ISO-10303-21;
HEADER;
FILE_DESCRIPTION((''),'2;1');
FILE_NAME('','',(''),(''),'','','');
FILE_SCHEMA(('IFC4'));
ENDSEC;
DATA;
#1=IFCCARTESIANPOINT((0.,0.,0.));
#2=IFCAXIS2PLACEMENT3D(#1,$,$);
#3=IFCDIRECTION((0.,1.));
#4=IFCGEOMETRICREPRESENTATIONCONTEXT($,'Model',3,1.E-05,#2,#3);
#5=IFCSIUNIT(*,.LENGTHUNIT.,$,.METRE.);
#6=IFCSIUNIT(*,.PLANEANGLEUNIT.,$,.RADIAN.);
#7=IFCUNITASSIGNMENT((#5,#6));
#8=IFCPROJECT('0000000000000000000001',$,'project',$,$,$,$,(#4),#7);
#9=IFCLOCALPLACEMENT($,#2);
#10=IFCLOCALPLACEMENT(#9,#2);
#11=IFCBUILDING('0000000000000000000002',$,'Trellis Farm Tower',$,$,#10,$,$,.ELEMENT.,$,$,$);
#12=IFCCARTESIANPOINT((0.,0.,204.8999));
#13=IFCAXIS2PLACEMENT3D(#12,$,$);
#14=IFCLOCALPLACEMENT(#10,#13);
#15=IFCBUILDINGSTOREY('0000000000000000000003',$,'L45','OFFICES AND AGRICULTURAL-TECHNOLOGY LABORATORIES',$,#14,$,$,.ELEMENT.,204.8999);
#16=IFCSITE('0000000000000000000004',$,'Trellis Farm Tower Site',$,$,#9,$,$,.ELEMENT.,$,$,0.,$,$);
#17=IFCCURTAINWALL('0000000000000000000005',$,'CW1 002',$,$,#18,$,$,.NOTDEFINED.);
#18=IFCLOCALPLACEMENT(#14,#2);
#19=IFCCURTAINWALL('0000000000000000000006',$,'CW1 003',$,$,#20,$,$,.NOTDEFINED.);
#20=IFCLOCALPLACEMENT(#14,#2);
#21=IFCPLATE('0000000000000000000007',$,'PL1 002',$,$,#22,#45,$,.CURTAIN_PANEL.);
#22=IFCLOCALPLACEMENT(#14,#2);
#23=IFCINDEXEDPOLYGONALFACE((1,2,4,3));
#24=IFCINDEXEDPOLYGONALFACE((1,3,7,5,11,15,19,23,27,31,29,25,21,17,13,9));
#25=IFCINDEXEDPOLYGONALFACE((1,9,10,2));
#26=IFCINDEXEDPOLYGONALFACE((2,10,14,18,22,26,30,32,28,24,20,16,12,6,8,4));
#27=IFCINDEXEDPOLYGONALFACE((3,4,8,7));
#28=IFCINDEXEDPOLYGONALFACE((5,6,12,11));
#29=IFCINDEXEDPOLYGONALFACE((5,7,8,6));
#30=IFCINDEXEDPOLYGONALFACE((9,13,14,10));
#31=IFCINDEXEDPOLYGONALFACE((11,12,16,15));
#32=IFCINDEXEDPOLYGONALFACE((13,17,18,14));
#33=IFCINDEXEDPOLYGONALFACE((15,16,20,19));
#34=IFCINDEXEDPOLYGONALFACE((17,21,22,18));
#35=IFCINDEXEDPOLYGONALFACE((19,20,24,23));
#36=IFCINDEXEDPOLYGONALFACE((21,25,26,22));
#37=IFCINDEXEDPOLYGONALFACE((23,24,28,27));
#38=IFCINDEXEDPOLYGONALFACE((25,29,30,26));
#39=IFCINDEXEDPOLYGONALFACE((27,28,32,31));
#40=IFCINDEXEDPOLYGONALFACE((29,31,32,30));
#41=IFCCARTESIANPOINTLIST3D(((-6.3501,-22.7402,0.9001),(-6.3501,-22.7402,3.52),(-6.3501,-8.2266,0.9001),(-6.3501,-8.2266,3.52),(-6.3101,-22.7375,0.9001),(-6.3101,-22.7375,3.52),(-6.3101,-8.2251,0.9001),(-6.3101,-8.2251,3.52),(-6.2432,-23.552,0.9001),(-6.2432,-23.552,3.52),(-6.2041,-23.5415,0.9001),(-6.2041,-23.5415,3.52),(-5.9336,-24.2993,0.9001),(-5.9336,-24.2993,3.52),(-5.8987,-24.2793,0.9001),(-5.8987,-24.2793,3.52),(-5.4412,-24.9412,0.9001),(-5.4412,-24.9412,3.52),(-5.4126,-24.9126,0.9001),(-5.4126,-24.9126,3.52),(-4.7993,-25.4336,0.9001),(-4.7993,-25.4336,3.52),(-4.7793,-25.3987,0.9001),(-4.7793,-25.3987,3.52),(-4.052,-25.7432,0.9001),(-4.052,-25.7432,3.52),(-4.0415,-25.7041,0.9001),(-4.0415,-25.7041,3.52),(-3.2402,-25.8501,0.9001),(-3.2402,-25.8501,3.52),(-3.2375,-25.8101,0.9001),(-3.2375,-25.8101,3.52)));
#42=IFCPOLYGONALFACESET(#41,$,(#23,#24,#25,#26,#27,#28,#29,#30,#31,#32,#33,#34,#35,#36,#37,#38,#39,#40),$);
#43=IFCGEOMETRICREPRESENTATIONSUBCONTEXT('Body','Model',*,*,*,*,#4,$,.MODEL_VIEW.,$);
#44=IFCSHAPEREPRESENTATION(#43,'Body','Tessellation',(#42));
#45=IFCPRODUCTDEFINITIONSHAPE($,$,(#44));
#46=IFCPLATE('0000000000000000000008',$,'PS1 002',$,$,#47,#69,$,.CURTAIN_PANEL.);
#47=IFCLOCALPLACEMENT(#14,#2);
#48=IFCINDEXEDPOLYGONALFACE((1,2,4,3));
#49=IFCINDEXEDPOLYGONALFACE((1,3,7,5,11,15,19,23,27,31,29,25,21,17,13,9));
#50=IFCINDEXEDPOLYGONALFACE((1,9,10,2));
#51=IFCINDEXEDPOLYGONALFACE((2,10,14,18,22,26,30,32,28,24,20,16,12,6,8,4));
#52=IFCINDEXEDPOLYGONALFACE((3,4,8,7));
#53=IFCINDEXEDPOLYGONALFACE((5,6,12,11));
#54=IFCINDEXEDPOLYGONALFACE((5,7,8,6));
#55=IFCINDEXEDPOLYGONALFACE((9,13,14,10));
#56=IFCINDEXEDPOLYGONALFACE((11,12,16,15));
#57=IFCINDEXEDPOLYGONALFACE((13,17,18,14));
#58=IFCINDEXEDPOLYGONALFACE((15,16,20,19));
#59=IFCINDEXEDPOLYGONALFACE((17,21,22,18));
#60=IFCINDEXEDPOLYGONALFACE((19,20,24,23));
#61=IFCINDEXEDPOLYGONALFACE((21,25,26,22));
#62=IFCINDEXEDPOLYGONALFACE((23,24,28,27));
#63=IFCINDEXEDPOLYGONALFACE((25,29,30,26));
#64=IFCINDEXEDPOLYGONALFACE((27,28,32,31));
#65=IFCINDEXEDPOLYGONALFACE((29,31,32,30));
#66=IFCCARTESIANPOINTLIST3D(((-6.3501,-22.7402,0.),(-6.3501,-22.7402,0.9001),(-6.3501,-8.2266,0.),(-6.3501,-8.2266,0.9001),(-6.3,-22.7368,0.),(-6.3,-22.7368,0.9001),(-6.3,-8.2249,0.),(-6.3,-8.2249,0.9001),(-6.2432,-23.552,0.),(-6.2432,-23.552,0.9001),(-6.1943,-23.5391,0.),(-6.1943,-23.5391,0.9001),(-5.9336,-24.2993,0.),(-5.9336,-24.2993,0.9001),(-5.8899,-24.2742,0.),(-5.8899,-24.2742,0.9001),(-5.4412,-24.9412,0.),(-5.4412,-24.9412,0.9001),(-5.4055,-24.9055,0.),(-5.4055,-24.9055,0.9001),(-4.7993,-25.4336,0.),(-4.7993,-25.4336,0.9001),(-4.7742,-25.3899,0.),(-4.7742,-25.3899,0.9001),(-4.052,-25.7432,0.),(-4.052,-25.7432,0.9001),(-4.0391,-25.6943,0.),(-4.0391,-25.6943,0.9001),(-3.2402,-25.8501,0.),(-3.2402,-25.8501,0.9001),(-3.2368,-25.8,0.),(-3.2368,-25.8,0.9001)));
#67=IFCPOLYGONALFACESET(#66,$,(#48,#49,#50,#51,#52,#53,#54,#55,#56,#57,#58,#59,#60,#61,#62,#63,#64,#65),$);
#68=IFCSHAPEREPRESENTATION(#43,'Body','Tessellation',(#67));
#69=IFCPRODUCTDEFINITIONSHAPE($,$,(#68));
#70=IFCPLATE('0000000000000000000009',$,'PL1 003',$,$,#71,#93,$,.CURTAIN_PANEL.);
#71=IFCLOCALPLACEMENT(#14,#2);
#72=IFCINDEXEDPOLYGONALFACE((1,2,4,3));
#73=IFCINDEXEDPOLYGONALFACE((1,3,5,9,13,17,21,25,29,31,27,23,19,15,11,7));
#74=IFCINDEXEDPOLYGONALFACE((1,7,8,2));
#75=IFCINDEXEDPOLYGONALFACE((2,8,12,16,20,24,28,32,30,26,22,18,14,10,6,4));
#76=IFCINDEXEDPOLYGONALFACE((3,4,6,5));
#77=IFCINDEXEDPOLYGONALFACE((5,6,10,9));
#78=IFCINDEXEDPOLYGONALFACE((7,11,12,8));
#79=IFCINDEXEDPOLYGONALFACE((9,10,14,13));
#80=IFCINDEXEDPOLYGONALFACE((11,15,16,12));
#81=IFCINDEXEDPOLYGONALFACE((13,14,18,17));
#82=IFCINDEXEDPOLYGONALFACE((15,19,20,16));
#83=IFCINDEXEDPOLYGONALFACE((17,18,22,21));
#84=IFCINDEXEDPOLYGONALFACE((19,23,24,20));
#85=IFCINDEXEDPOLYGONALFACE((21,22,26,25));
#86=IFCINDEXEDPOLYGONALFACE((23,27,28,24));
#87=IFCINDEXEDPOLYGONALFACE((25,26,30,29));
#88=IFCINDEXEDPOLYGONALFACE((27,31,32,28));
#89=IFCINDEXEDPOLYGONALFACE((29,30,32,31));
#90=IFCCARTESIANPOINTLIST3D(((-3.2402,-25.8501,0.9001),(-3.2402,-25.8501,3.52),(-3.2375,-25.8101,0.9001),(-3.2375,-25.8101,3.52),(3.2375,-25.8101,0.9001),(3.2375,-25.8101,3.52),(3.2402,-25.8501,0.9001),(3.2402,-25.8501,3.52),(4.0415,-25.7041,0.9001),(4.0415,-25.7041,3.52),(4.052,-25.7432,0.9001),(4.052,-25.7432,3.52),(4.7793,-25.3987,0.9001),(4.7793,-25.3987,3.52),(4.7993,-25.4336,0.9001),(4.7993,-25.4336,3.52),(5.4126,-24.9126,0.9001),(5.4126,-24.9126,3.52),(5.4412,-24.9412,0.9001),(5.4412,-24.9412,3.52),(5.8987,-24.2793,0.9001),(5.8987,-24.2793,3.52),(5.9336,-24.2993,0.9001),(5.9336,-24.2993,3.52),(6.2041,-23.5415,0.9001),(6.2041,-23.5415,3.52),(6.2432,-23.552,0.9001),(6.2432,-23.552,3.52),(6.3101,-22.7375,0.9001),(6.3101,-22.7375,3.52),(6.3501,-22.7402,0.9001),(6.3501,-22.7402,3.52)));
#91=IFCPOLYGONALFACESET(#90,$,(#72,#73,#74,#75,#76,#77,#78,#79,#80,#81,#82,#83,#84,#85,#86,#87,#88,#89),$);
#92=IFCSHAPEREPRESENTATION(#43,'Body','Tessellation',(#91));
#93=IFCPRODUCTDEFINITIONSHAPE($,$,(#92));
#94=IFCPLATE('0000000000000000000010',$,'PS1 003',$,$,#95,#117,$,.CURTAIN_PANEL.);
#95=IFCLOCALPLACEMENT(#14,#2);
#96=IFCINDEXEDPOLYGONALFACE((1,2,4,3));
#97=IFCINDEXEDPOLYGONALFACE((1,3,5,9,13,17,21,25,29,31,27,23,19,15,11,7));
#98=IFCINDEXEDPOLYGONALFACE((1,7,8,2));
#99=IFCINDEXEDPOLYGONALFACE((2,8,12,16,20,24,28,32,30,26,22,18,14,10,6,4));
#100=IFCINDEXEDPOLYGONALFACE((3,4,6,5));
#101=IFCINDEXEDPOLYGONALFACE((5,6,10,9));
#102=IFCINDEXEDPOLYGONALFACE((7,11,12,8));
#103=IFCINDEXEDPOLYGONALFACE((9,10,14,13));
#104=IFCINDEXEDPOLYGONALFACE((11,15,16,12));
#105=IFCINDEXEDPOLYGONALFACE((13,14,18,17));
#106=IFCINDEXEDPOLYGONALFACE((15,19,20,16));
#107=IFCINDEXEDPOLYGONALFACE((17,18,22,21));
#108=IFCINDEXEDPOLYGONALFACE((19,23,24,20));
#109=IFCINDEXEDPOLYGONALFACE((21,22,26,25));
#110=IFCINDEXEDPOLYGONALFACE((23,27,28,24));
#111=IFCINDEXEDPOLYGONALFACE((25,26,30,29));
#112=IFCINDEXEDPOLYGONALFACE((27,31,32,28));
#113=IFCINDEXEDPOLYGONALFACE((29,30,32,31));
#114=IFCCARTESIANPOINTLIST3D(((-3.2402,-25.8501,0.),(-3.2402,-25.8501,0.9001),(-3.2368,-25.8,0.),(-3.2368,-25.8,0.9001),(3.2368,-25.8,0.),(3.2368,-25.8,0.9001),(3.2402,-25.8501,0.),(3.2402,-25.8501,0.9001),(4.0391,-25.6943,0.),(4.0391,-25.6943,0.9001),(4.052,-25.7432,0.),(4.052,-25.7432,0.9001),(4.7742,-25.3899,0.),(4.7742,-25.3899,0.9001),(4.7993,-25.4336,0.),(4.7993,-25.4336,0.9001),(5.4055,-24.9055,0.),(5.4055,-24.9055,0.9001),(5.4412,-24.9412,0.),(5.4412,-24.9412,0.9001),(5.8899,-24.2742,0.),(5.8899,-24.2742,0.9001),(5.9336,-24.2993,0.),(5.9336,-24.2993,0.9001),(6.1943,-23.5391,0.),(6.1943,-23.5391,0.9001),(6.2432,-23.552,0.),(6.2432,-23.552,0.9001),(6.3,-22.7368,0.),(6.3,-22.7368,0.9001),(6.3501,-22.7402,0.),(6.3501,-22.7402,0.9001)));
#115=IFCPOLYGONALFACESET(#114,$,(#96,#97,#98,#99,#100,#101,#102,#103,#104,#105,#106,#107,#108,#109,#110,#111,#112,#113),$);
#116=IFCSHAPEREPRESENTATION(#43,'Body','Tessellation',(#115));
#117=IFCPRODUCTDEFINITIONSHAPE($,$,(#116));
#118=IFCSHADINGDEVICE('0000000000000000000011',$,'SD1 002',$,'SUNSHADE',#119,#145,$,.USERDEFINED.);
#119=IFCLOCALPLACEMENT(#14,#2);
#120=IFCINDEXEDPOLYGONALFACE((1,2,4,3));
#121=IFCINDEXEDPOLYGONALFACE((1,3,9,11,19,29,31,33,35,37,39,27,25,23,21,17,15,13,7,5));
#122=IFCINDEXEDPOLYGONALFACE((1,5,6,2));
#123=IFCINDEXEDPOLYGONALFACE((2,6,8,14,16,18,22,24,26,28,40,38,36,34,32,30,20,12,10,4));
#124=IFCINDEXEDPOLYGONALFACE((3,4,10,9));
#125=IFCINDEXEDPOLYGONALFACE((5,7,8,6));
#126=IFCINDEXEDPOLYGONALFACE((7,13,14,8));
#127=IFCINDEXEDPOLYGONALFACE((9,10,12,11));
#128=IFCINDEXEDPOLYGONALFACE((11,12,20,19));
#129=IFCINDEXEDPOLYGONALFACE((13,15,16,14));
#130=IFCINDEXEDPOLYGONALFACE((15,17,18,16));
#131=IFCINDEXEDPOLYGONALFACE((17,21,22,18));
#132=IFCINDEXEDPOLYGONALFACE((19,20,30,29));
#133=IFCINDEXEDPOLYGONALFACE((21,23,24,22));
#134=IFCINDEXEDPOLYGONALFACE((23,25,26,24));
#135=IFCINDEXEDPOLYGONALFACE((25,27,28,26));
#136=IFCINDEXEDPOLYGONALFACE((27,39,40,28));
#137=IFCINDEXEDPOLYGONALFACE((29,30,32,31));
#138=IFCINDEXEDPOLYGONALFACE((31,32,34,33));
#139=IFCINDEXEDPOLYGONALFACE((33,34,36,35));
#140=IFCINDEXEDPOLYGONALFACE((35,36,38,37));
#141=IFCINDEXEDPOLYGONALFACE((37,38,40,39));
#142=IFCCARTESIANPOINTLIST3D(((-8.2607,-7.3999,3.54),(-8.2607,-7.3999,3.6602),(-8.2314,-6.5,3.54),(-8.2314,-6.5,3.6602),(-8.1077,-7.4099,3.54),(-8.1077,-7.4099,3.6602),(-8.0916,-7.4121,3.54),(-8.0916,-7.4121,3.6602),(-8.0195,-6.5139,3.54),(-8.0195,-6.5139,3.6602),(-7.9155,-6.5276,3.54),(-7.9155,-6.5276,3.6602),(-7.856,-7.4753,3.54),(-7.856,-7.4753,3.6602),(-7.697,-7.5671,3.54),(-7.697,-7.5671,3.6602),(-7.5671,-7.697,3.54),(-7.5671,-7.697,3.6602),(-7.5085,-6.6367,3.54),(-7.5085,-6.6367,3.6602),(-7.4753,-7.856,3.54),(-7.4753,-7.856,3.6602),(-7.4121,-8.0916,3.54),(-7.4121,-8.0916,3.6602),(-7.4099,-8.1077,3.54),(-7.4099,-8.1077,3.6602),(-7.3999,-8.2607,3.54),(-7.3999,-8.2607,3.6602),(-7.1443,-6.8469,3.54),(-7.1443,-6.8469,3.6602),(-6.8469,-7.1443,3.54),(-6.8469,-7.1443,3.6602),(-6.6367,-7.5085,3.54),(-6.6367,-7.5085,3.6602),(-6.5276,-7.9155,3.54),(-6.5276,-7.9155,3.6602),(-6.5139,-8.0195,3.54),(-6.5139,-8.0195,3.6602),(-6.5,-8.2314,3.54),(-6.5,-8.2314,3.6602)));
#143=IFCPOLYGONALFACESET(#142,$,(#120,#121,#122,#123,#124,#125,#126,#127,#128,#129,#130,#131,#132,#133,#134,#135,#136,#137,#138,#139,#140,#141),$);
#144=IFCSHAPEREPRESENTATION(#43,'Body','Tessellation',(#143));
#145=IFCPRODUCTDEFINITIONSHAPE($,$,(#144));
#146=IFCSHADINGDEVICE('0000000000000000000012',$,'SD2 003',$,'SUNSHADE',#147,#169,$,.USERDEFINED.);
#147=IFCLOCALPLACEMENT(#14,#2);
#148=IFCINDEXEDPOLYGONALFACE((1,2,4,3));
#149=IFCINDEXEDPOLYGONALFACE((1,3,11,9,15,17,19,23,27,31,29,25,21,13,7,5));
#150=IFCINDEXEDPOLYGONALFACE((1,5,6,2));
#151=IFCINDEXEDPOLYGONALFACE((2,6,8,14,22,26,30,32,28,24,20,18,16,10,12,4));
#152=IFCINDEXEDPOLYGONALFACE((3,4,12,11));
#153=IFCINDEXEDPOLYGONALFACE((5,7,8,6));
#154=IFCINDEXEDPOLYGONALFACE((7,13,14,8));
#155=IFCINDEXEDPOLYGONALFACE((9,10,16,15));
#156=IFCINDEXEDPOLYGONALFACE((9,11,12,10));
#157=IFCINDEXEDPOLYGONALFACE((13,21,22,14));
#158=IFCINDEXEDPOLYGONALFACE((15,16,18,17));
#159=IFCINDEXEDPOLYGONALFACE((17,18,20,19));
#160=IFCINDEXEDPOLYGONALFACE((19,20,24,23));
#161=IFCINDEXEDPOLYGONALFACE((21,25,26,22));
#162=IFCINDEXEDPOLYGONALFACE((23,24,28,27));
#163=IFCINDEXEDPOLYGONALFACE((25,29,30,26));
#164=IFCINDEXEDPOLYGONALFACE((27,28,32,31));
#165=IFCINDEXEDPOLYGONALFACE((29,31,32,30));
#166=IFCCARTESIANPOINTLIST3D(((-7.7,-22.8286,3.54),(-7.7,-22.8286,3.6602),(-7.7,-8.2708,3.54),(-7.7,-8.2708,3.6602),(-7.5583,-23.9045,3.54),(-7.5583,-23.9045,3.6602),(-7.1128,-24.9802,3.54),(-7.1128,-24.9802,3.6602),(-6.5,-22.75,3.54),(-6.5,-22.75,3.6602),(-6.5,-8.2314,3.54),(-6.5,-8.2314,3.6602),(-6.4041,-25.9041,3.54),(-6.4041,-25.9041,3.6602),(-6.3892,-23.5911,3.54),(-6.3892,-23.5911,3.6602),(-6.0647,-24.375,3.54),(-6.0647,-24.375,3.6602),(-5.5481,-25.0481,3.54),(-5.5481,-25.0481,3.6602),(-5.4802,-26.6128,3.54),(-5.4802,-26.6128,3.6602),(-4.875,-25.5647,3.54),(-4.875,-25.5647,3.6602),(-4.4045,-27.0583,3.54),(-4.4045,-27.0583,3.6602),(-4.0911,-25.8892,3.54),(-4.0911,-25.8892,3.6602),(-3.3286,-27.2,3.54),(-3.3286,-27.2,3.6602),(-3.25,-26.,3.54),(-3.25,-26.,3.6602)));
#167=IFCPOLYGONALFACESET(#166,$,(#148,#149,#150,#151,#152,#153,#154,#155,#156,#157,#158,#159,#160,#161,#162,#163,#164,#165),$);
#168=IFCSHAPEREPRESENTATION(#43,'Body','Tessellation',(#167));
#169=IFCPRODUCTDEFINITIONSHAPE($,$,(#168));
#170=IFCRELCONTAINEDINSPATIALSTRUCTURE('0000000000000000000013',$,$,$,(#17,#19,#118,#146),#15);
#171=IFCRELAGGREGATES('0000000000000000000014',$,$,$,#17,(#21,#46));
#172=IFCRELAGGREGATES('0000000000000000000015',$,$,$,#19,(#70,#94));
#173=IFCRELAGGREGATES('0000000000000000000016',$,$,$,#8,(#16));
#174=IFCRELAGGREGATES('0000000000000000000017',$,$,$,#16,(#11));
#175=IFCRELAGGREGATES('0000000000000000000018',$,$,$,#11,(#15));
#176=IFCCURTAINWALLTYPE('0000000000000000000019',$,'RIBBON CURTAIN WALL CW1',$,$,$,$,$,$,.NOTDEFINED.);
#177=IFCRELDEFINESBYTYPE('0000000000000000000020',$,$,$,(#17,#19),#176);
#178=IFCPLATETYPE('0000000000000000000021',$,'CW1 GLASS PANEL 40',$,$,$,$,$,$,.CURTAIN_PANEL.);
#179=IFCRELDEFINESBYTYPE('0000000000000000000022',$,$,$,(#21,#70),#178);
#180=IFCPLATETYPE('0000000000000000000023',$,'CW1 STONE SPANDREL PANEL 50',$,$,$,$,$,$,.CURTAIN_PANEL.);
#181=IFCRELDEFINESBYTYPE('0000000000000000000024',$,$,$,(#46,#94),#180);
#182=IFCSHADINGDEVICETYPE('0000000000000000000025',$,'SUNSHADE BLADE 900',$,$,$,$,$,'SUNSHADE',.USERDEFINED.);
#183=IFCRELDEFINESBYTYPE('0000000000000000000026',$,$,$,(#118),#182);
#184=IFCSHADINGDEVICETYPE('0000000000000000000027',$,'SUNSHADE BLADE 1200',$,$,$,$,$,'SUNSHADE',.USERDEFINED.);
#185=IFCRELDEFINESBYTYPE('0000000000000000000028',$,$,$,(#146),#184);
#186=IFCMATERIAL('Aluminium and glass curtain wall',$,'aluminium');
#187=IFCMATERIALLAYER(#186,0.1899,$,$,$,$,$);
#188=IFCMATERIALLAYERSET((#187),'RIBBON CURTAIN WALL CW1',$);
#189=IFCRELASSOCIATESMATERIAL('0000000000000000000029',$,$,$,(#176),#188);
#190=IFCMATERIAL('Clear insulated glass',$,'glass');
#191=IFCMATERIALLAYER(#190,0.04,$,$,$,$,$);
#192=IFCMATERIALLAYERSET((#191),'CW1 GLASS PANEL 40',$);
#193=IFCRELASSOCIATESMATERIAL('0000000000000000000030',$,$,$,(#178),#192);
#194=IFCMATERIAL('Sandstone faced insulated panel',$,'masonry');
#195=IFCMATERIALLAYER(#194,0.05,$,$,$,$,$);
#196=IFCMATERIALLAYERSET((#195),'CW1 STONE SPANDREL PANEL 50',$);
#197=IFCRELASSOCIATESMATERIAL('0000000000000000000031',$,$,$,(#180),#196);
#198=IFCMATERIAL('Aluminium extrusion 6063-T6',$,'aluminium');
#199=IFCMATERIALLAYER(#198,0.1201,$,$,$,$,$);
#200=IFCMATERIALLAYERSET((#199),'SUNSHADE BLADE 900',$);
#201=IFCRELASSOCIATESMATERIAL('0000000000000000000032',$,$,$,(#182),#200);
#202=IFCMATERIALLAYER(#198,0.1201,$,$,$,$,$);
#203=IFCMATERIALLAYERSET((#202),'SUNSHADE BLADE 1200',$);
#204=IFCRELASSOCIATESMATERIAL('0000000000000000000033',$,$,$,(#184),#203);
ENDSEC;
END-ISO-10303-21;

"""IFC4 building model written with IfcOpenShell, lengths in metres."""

from ifc_helpers import new_model, si_unit, direction, frame, origin, place, context, subcontext, project, spatial, polyline, outline, extrude, source, transform, mapped, material, layer, layer_set, type_object, element, aggregate, save


model = new_model("IFC4")

# Units and contexts
model_context = context("Model", 3, precision=1e-05, world=origin(), true_north=direction((0.0, 1.0)))
body_context = subcontext(model_context, "Body", "Model", "MODEL_VIEW")
ifc_project = project(units=[si_unit("LENGTHUNIT", "METRE"), si_unit("PLANEANGLEUNIT", "RADIAN")], contexts=[model_context])

# Site, building, storey
site_placement = place(None, origin())
site = spatial("IfcSite", under=ifc_project, at=site_placement, Name="Trellis Farm Tower Site", CompositionType="ELEMENT", RefElevation=0.0)
building_placement = place(site_placement, origin())
building = spatial("IfcBuilding", under=site, at=building_placement, Name="Trellis Farm Tower", CompositionType="ELEMENT")
storey_placement = place(building_placement, frame((0.0, 0.0, 204.8999)))
storey = spatial("IfcBuildingStorey", under=building, at=storey_placement, Name="L45", Description="OFFICES AND AGRICULTURAL-TECHNOLOGY LABORATORIES", CompositionType="ELEMENT", Elevation=204.8999)

# Curtain walls
ifc_material_1 = material(Name="Aluminium and glass curtain wall", Category="aluminium")
ifc_layer_1 = layer(ifc_material_1, 0.1899)
ifc_layer_set_1 = layer_set([ifc_layer_1], Name="RIBBON CURTAIN WALL CW1")
curtain_wall_type_1 = type_object("IfcCurtainWallType", Name="RIBBON CURTAIN WALL CW1", PredefinedType="NOTDEFINED", material=ifc_layer_set_1)
placement_1 = place(storey_placement, origin())
ifc_material_2 = material(Name="Aluminium extrusion 6063-T6", Category="aluminium")
curtain_wall_1 = element("IfcCurtainWall", 1, at=placement_1, inside=storey, type_object=curtain_wall_type_1, Name="CW1 002", PredefinedType="NOTDEFINED")
curtain_wall_2 = element("IfcCurtainWall", 2, at=placement_1, inside=storey, type_object=curtain_wall_type_1, Name="CW1 003", PredefinedType="NOTDEFINED")

# Shared definitions
ifc_material_3 = material(Name="Clear insulated glass", Category="glass")
ifc_layer_2 = layer(ifc_material_3, 0.04)
ifc_layer_set_2 = layer_set([ifc_layer_2], Name="CW1 GLASS PANEL 40")
plate_type_1 = type_object("IfcPlateType", Name="CW1 GLASS PANEL 40", PredefinedType="CURTAIN_PANEL", material=ifc_layer_set_2)
placement_2 = place(storey_placement, frame((0.0, 0.0, 0.9001)))

# Plates
ifc_material_4 = material(Name="Sandstone faced insulated panel", Category="masonry")
ifc_layer_3 = layer(ifc_material_4, 0.05)
ifc_layer_set_3 = layer_set([ifc_layer_3], Name="CW1 STONE SPANDREL PANEL 50")
plate_type_2 = type_object("IfcPlateType", Name="CW1 STONE SPANDREL PANEL 50", PredefinedType="CURTAIN_PANEL", material=ifc_layer_set_3)
shared_shape_1 = source(origin(), body_context, "Body", "SweptSolid", [
    extrude(outline(polyline([(-6.3501, -8.2266), (-6.3501, -22.7402), (-6.2432, -23.552), (-5.9336, -24.2993), (-5.4412, -24.9412), (-4.7993, -25.4336), (-4.052, -25.7432), (-3.2402, -25.8501), (-3.2375, -25.8101), (-4.0415, -25.7041), (-4.7793, -25.3987), (-5.4126, -24.9126), (-5.8987, -24.2793), (-6.2041, -23.5415), (-6.3101, -22.7375), (-6.3101, -8.2251), (-6.3501, -8.2266)])), origin(), (0.0, 0.0, 1.0), 2.6199),
])
plate_1 = element("IfcPlate", 3, at=placement_2, type_object=plate_type_1, Name="PL1 002", PredefinedType="CURTAIN_PANEL", context=body_context, shape_type="MappedRepresentation", body=[
    mapped(shared_shape_1, transform((0.0, 0.0, 0.0))),
])
shared_shape_2 = source(origin(), body_context, "Body", "SweptSolid", [
    extrude(outline(polyline([(-6.3501, -8.2266), (-6.3501, -22.7402), (-6.2432, -23.552), (-5.9336, -24.2993), (-5.4412, -24.9412), (-4.7993, -25.4336), (-4.052, -25.7432), (-3.2402, -25.8501), (-3.2368, -25.8), (-4.0391, -25.6943), (-4.7742, -25.3899), (-5.4055, -24.9055), (-5.8899, -24.2742), (-6.1943, -23.5391), (-6.3, -22.7368), (-6.3, -8.2249), (-6.3501, -8.2266)])), origin(), (0.0, 0.0, 1.0), 0.9001),
])
plate_2 = element("IfcPlate", 4, at=placement_1, type_object=plate_type_2, Name="PS1 002", PredefinedType="CURTAIN_PANEL", context=body_context, shape_type="MappedRepresentation", body=[
    mapped(shared_shape_2, transform((0.0, 0.0, 0.0))),
])
aggregate(curtain_wall_1, [plate_1, plate_2])
shared_shape_3 = source(origin(), body_context, "Body", "SweptSolid", [
    extrude(outline(polyline([(-3.2402, -25.8501), (3.2402, -25.8501), (4.052, -25.7432), (4.7993, -25.4336), (5.4412, -24.9412), (5.9336, -24.2993), (6.2432, -23.552), (6.3501, -22.7402), (6.3101, -22.7375), (6.2041, -23.5415), (5.8987, -24.2793), (5.4126, -24.9126), (4.7793, -25.3987), (4.0415, -25.7041), (3.2375, -25.8101), (-3.2375, -25.8101), (-3.2402, -25.8501)])), origin(), (0.0, 0.0, 1.0), 2.6199),
])
plate_3 = element("IfcPlate", 5, at=placement_2, type_object=plate_type_1, Name="PL1 003", PredefinedType="CURTAIN_PANEL", context=body_context, shape_type="MappedRepresentation", body=[
    mapped(shared_shape_3, transform((0.0, 0.0, 0.0))),
])
shared_shape_4 = source(origin(), body_context, "Body", "SweptSolid", [
    extrude(outline(polyline([(-3.2402, -25.8501), (3.2402, -25.8501), (4.052, -25.7432), (4.7993, -25.4336), (5.4412, -24.9412), (5.9336, -24.2993), (6.2432, -23.552), (6.3501, -22.7402), (6.3, -22.7368), (6.1943, -23.5391), (5.8899, -24.2742), (5.4055, -24.9055), (4.7742, -25.3899), (4.0391, -25.6943), (3.2368, -25.8), (-3.2368, -25.8), (-3.2402, -25.8501)])), origin(), (0.0, 0.0, 1.0), 0.9001),
])
plate_4 = element("IfcPlate", 6, at=placement_1, type_object=plate_type_2, Name="PS1 003", PredefinedType="CURTAIN_PANEL", context=body_context, shape_type="MappedRepresentation", body=[
    mapped(shared_shape_4, transform((0.0, 0.0, 0.0))),
])
aggregate(curtain_wall_2, [plate_3, plate_4])

# Shading devices
ifc_layer_4 = layer(ifc_material_2, 0.1201)
ifc_layer_set_4 = layer_set([ifc_layer_4], Name="SUNSHADE BLADE 900")
shading_device_type_1 = type_object("IfcShadingDeviceType", Name="SUNSHADE BLADE 900", ElementType="SUNSHADE", PredefinedType="USERDEFINED", material=ifc_layer_set_4)
shared_shape_5 = source(origin(), body_context, "Body", "SweptSolid", [
    extrude(outline(polyline([(-8.2607, -7.3999), (-8.1077, -7.4099), (-8.0916, -7.4121), (-7.856, -7.4753), (-7.697, -7.5671), (-7.5671, -7.697), (-7.4753, -7.856), (-7.4121, -8.0916), (-7.4099, -8.1077), (-7.3999, -8.2607), (-6.5, -8.2314), (-6.5139, -8.0195), (-6.5276, -7.9155), (-6.6367, -7.5085), (-6.8469, -7.1443), (-7.1443, -6.8469), (-7.5085, -6.6367), (-7.9155, -6.5276), (-8.0195, -6.5139), (-8.2314, -6.5), (-8.2607, -7.3999)])), origin(), (0.0, 0.0, 1.0), 0.1201),
])
placement_3 = place(storey_placement, frame((0.0, 0.0, 3.54)))
element("IfcShadingDevice", 7, at=placement_3, inside=storey, type_object=shading_device_type_1, Name="SD1 002", ObjectType="SUNSHADE", PredefinedType="USERDEFINED", context=body_context, shape_type="MappedRepresentation", body=[
    mapped(shared_shape_5, transform((0.0, 0.0, 0.0))),
])
ifc_layer_5 = layer(ifc_material_2, 0.1201)
ifc_layer_set_5 = layer_set([ifc_layer_5], Name="SUNSHADE BLADE 1200")
shading_device_type_2 = type_object("IfcShadingDeviceType", Name="SUNSHADE BLADE 1200", ElementType="SUNSHADE", PredefinedType="USERDEFINED", material=ifc_layer_set_5)
shared_shape_6 = source(origin(), body_context, "Body", "SweptSolid", [
    extrude(outline(polyline([(-7.7, -8.2708), (-7.7, -22.8286), (-7.5583, -23.9045), (-7.1128, -24.9802), (-6.4041, -25.9041), (-5.4802, -26.6128), (-4.4045, -27.0583), (-3.3286, -27.2), (-3.25, -26.0), (-4.0911, -25.8892), (-4.875, -25.5647), (-5.5481, -25.0481), (-6.0647, -24.375), (-6.3892, -23.5911), (-6.5, -22.75), (-6.5, -8.2314), (-7.7, -8.2708)])), origin(), (0.0, 0.0, 1.0), 0.1201),
])
element("IfcShadingDevice", 8, at=placement_3, inside=storey, type_object=shading_device_type_2, Name="SD2 003", ObjectType="SUNSHADE", PredefinedType="USERDEFINED", context=body_context, shape_type="MappedRepresentation", body=[
    mapped(shared_shape_6, transform((0.0, 0.0, 0.0))),
])

save(model, "model.ifc")
